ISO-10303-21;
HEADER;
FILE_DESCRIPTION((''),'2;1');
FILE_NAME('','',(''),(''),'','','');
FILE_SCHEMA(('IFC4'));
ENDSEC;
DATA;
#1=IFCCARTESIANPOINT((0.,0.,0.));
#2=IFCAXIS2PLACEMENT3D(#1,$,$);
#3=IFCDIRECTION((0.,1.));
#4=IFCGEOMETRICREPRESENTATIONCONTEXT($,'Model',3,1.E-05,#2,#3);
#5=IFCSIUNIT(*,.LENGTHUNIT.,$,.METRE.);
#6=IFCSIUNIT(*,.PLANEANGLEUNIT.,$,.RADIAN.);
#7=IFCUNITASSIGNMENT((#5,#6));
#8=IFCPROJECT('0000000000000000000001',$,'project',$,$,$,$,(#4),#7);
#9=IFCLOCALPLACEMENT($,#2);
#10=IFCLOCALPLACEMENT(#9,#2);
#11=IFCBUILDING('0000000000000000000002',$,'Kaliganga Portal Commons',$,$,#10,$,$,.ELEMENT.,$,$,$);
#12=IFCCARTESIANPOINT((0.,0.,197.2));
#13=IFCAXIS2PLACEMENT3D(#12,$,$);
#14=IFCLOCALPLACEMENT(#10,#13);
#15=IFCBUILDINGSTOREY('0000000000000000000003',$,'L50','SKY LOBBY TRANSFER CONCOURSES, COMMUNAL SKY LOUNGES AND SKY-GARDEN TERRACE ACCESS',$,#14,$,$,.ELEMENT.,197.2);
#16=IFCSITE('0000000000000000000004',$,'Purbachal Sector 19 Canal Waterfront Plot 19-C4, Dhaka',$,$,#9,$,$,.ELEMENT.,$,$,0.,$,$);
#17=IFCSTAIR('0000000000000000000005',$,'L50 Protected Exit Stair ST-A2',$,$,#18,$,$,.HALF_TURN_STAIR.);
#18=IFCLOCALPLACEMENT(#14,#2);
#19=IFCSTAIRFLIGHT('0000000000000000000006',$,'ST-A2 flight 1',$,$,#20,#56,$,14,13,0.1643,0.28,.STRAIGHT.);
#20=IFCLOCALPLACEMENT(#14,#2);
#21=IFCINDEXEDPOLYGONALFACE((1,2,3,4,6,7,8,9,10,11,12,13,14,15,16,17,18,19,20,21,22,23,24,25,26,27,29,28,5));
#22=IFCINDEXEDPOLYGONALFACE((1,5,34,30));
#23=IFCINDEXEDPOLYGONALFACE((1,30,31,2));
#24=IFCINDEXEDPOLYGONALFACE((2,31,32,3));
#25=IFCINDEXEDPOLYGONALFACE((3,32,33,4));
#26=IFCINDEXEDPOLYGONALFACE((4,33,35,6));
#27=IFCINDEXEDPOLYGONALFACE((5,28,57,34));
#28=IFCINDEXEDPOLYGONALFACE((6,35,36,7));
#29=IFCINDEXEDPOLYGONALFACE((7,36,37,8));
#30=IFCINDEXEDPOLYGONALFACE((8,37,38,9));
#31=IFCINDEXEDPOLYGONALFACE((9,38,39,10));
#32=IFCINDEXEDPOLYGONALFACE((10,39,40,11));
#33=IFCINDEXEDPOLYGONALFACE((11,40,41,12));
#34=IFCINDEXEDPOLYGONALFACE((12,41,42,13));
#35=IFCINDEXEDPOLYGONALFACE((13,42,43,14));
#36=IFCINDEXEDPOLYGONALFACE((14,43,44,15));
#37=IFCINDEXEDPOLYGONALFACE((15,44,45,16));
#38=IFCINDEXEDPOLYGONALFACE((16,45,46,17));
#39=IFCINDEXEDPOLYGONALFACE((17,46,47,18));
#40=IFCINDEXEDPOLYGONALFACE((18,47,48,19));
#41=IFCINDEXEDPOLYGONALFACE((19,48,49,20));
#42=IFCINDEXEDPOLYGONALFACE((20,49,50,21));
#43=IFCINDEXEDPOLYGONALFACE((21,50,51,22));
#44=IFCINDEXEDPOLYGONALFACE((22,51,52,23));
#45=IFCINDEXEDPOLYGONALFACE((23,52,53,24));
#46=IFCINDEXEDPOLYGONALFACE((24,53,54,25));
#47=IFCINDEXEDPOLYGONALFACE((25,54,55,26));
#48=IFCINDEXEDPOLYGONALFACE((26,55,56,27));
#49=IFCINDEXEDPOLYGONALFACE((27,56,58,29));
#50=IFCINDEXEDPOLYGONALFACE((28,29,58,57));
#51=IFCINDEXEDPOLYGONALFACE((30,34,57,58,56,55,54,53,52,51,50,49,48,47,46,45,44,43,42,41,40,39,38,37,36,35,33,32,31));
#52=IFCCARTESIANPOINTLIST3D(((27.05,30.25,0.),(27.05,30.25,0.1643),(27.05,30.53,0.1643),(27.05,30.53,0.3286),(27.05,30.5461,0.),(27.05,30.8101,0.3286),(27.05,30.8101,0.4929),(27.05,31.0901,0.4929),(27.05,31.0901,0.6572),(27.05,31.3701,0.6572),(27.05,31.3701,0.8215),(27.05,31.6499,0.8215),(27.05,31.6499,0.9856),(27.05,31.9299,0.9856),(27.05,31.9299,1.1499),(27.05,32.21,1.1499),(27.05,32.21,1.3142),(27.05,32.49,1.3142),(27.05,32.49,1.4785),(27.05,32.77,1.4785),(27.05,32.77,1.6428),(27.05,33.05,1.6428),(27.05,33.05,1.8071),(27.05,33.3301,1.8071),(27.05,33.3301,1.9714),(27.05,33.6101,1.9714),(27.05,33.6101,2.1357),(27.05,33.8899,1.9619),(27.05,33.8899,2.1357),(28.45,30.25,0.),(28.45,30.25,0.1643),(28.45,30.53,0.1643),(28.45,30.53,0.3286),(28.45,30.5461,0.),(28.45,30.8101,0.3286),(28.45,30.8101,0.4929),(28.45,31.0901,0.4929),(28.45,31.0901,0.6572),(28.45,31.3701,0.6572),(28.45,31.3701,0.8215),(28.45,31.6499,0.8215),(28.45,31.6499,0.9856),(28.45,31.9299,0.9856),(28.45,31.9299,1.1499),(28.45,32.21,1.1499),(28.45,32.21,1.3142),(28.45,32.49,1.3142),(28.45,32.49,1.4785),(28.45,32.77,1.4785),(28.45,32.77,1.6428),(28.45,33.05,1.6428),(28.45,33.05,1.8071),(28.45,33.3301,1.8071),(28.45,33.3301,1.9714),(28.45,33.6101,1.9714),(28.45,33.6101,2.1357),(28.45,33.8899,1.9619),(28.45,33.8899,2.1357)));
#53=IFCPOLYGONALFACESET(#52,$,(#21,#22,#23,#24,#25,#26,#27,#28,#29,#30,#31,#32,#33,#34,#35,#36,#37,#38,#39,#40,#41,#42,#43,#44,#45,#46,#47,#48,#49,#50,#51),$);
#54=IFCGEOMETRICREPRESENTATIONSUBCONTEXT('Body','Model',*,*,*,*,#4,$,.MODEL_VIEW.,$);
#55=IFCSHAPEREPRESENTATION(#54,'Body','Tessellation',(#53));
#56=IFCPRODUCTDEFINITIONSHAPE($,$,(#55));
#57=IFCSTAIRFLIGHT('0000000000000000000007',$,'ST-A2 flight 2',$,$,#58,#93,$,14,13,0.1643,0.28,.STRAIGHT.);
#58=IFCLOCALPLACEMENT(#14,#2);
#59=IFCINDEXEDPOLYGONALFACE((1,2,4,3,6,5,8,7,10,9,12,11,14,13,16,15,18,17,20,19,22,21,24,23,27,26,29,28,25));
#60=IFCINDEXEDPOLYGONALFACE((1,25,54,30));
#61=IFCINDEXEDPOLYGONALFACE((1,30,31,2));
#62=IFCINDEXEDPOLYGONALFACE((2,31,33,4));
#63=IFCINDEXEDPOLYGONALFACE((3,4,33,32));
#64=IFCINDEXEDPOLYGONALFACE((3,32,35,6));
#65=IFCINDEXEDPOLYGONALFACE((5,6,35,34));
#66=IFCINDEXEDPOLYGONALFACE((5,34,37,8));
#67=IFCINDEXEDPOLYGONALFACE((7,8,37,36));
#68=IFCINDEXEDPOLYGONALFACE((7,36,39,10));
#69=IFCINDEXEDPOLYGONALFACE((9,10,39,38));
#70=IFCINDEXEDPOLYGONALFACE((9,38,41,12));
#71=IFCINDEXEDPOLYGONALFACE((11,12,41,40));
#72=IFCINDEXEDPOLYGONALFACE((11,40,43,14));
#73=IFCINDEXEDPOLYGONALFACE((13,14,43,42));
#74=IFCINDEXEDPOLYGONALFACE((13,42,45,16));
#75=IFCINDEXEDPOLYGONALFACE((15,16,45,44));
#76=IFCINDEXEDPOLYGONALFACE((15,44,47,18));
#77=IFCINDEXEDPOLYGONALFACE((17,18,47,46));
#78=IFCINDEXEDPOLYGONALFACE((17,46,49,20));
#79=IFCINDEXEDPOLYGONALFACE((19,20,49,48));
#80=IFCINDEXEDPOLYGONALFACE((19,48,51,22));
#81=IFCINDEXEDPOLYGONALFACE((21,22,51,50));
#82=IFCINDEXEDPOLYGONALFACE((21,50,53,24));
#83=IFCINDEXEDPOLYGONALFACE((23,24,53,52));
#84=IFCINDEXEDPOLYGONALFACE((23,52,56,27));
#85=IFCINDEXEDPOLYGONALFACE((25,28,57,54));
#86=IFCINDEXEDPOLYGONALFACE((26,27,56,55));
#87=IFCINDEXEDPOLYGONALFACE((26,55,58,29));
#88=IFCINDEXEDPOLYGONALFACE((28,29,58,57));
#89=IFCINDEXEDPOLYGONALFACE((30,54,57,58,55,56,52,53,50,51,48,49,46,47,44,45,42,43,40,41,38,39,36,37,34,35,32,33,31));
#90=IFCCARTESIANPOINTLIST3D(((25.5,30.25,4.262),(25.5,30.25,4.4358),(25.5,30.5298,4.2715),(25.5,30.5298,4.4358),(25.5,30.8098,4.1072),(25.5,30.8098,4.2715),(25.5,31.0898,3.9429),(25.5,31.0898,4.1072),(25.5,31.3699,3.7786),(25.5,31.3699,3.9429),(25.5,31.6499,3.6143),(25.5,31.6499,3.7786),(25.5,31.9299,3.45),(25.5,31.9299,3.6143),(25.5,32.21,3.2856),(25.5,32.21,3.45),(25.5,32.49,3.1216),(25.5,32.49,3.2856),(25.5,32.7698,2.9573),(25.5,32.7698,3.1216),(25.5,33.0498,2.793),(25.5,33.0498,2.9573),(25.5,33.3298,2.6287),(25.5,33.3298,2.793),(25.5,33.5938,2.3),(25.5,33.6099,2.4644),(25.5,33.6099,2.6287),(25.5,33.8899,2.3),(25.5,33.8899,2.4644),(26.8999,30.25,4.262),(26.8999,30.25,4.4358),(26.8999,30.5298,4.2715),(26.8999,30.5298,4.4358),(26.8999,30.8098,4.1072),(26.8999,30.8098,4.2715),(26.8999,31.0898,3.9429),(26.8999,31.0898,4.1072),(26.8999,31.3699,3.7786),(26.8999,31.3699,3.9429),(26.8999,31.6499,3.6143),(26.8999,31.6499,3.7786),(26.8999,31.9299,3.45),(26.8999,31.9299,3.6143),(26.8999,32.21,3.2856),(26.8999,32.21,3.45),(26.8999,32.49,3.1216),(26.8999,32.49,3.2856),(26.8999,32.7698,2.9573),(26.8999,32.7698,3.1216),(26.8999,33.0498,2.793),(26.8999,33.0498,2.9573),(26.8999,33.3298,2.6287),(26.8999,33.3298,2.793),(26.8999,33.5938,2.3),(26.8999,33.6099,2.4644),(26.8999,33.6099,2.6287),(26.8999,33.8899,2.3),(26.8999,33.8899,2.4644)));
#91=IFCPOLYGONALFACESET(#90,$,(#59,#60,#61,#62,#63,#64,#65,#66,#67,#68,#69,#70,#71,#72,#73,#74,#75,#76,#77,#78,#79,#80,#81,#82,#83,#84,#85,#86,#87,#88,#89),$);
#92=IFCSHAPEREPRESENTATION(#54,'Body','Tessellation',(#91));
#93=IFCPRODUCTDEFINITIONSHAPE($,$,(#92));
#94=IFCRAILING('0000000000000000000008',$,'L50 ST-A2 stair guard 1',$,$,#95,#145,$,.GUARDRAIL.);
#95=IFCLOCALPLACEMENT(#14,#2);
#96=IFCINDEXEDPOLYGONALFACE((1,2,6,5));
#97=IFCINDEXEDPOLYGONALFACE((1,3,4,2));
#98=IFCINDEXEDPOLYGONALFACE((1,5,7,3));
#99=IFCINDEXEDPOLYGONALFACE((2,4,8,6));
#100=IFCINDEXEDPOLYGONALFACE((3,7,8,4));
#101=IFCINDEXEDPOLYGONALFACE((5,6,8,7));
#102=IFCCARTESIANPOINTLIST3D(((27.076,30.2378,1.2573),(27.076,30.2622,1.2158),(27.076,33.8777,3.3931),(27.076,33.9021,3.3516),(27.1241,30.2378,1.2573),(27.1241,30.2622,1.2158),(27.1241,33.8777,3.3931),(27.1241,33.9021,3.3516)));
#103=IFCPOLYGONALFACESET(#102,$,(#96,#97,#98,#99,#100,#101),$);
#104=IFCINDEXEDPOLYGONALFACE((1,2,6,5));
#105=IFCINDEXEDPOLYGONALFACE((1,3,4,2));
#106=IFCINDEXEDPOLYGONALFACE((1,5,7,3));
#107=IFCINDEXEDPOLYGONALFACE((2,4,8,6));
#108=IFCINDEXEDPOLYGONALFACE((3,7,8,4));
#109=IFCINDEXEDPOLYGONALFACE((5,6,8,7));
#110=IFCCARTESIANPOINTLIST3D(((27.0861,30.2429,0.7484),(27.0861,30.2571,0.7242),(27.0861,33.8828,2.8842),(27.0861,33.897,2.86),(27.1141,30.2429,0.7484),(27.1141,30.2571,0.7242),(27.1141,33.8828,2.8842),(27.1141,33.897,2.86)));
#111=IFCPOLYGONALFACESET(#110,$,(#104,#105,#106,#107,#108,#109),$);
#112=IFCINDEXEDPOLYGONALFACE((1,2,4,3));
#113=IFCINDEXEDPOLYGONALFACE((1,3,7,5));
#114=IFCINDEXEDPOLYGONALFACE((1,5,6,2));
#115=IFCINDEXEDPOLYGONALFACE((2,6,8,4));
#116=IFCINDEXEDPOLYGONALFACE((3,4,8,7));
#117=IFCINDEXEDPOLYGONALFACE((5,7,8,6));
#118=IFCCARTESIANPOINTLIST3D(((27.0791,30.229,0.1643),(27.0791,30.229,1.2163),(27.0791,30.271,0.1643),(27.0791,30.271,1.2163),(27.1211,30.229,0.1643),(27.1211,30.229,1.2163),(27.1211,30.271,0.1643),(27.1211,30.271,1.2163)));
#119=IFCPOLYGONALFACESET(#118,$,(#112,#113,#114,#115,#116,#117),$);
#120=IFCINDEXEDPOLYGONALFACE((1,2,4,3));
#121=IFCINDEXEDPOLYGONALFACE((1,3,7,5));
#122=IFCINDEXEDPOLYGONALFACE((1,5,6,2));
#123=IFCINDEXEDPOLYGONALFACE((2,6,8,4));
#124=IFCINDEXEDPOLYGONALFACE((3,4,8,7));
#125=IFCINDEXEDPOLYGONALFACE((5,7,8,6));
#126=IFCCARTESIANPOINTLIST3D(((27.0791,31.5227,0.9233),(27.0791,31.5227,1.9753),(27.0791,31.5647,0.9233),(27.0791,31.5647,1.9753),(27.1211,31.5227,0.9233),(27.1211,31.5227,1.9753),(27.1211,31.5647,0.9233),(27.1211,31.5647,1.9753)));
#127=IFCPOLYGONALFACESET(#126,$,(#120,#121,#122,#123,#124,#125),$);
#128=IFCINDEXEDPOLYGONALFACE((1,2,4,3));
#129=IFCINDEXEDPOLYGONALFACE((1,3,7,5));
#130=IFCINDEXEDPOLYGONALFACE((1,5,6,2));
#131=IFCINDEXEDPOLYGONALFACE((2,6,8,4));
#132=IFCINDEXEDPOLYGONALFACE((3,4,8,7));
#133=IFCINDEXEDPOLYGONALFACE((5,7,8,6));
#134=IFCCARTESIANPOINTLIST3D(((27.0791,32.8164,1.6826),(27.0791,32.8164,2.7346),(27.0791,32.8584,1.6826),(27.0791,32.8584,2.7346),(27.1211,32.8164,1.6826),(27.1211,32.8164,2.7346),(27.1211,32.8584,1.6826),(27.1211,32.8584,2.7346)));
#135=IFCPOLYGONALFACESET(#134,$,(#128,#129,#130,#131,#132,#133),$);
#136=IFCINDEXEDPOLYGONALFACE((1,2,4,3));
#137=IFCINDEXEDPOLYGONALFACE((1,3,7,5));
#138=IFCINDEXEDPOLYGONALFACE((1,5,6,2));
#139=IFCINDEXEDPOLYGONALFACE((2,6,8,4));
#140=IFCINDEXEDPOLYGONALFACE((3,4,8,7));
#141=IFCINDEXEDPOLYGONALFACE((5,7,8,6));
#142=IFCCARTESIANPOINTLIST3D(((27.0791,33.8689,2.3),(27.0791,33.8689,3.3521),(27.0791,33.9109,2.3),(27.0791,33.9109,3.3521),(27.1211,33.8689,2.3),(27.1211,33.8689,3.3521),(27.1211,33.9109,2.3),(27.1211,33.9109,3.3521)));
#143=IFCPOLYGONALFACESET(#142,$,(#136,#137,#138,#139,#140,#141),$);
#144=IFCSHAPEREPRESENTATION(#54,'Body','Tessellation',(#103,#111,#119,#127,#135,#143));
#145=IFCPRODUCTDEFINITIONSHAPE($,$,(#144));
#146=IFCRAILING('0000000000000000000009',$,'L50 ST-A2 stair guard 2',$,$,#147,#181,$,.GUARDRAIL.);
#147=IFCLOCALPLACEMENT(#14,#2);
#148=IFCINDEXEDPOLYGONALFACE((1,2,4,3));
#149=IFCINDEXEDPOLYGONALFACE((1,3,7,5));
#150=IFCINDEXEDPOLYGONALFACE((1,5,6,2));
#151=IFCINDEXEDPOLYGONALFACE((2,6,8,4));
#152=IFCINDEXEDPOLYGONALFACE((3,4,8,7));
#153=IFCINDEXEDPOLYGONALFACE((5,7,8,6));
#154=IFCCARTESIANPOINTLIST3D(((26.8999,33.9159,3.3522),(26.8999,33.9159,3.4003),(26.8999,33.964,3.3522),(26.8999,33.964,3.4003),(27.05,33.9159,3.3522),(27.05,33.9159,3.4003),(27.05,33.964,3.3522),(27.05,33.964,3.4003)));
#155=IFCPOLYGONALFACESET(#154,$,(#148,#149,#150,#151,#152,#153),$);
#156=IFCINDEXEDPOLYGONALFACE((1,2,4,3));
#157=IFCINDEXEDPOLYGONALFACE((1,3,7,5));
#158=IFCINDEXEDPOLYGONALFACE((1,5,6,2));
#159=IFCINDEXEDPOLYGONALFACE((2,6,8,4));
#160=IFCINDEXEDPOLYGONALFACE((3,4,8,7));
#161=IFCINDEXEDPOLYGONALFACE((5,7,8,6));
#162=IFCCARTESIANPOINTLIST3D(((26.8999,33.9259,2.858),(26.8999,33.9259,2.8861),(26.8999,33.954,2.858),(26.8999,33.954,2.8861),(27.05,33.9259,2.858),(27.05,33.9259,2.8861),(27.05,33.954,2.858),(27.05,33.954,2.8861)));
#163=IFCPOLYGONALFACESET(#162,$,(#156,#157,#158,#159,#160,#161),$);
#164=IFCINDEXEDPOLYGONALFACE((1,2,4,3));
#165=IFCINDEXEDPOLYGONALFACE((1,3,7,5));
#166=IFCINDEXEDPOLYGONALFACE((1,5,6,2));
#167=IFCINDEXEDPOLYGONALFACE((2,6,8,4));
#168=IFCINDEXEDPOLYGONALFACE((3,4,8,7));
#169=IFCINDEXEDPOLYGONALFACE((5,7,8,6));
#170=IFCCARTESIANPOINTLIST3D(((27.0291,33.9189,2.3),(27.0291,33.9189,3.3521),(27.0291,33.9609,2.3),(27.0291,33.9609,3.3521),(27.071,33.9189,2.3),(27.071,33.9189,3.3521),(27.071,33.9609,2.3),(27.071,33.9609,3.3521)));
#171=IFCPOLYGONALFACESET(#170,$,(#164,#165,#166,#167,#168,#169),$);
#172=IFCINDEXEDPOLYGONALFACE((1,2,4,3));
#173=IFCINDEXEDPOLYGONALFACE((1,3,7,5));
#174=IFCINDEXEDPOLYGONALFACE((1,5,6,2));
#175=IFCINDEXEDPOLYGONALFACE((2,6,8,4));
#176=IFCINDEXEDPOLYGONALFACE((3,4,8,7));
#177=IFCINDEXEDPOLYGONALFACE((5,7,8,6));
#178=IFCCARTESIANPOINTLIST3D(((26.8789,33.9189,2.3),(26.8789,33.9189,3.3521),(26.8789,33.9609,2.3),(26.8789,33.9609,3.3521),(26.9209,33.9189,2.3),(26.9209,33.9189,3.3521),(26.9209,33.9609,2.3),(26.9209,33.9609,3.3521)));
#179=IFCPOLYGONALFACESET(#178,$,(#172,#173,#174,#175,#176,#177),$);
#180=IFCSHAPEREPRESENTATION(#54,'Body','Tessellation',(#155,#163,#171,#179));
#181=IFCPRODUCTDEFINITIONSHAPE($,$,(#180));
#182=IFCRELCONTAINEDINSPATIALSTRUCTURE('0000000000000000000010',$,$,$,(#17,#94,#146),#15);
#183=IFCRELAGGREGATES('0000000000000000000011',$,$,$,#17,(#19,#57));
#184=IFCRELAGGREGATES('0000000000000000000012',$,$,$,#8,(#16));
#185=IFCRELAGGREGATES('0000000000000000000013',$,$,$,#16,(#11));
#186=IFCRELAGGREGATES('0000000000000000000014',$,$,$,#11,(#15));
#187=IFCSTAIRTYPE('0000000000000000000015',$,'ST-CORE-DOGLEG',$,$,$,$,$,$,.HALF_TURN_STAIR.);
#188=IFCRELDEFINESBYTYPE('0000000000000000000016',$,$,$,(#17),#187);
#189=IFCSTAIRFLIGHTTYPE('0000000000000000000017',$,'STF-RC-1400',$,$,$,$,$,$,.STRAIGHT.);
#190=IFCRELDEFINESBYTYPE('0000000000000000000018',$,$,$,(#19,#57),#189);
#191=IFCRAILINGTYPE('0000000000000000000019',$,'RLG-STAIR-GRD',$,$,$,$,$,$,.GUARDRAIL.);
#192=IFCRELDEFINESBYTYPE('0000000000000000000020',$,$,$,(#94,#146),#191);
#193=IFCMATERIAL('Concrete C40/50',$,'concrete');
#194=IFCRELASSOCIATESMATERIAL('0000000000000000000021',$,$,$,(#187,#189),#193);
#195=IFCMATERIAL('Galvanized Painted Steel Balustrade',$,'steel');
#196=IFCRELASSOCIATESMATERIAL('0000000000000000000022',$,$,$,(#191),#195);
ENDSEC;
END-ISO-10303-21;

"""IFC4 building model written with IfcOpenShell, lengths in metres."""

from ifc_helpers import new_model, si_unit, direction, frame, origin, origin_2d, place, context, subcontext, project, spatial, polyline, rectangle, outline, extrude, material, type_object, element, aggregate, save


model = new_model("IFC4")

# Units and contexts
model_context = context("Model", 3, precision=1e-05, world=origin(), true_north=direction((0.0, 1.0)))
body_context = subcontext(model_context, "Body", "Model", "MODEL_VIEW")
ifc_project = project(units=[si_unit("LENGTHUNIT", "METRE"), si_unit("PLANEANGLEUNIT", "RADIAN")], contexts=[model_context])

# Site, building, storey
site_placement = place(None, origin())
site = spatial("IfcSite", under=ifc_project, at=site_placement, Name="Purbachal Sector 19 Canal Waterfront Plot 19-C4, Dhaka", CompositionType="ELEMENT", RefElevation=0.0)
building_placement = place(site_placement, origin())
building = spatial("IfcBuilding", under=site, at=building_placement, Name="Kaliganga Portal Commons", CompositionType="ELEMENT")
storey_placement = place(building_placement, frame((0.0, 0.0, 197.2)))
storey = spatial("IfcBuildingStorey", under=building, at=storey_placement, Name="L50", Description="SKY LOBBY TRANSFER CONCOURSES, COMMUNAL SKY LOUNGES AND SKY-GARDEN TERRACE ACCESS", CompositionType="ELEMENT", Elevation=197.2)

# Stair, stair flights
ifc_material_1 = material(Name="Concrete C40/50", Category="concrete")
stair_type = type_object("IfcStairType", Name="ST-CORE-DOGLEG", PredefinedType="HALF_TURN_STAIR", material=ifc_material_1)
stair_placement = place(storey_placement, origin())
stair = element("IfcStair", 1, at=stair_placement, inside=storey, type_object=stair_type, Name="L50 Protected Exit Stair ST-A2", PredefinedType="HALF_TURN_STAIR")
stair_flight_type = type_object("IfcStairFlightType", Name="STF-RC-1400", PredefinedType="STRAIGHT", material=ifc_material_1)
stair_flight_1_placement = place(storey_placement, frame((27.75, 30.25, 0.0), z_axis=(0.0, 0.0, 1.0), x_axis=(0.0, 1.0, 0.0)))
stair_flight_1 = element("IfcStairFlight", 2, at=stair_flight_1_placement, type_object=stair_flight_type, Name="ST-A2 flight 1", NumberOfRisers=14, NumberOfTreads=13, PredefinedType="STRAIGHT", RiserHeight=0.1643, TreadLength=0.28, context=body_context, shape_type="SweptSolid", body=[
    extrude(outline(polyline([(0.0, 0.0), (0.0, 0.1643), (0.28, 0.1643), (0.28, 0.3286), (0.5601, 0.3286), (0.5601, 0.4929), (0.8401, 0.4929), (0.8401, 0.6572), (1.1201, 0.6572), (1.1201, 0.8215), (1.3999, 0.8215), (1.3999, 0.9856), (1.6799, 0.9856), (1.6799, 1.1499), (1.96, 1.1499), (1.96, 1.3142), (2.24, 1.3142), (2.24, 1.4785), (2.52, 1.4785), (2.52, 1.6428), (2.8, 1.6428), (2.8, 1.8071), (3.0801, 1.8071), (3.0801, 1.9714), (3.3601, 1.9714), (3.3601, 2.1357), (3.6399, 2.1357), (3.6399, 2.3), (3.6399, 1.9619), (0.2961, 0.0), (0.0, 0.0)])), frame((0.0, 0.7, 0.0), z_axis=(0.0, -1.0, 0.0), x_axis=(1.0, 0.0, 0.0)), (0.0, 0.0, 1.0), 1.3999),
])
stair_flight_2_placement = place(storey_placement, frame((26.2, 33.8899, 2.3), z_axis=(0.0, 0.0, 1.0), x_axis=(0.0, -1.0, 0.0)))
stair_flight_2 = element("IfcStairFlight", 3, at=stair_flight_2_placement, type_object=stair_flight_type, Name="ST-A2 flight 2", NumberOfRisers=14, NumberOfTreads=13, PredefinedType="STRAIGHT", RiserHeight=0.1643, TreadLength=0.28, context=body_context, shape_type="SweptSolid", body=[
    extrude(outline(polyline([(0.0, 0.0), (0.0, 0.1643), (0.28, 0.1643), (0.28, 0.3286), (0.5601, 0.3286), (0.5601, 0.4929), (0.8401, 0.4929), (0.8401, 0.6572), (1.1201, 0.6572), (1.1201, 0.8215), (1.3999, 0.8215), (1.3999, 0.9856), (1.6799, 0.9856), (1.6799, 1.1499), (1.96, 1.1499), (1.96, 1.3142), (2.24, 1.3142), (2.24, 1.4785), (2.52, 1.4785), (2.52, 1.6428), (2.8, 1.6428), (2.8, 1.8071), (3.0801, 1.8071), (3.0801, 1.9714), (3.3601, 1.9714), (3.3601, 2.1357), (3.6399, 2.1357), (3.6399, 2.3), (3.6399, 1.9619), (0.2961, 0.0), (0.0, 0.0)])), frame((0.0, 0.7, 0.0), z_axis=(0.0, -1.0, 0.0), x_axis=(1.0, 0.0, 0.0)), (0.0, 0.0, 1.0), 1.3999),
])
aggregate(stair, [stair_flight_1, stair_flight_2])

# Railings
ifc_material_2 = material(Name="Galvanized Painted Steel Balustrade", Category="steel")
railing_type_1 = type_object("IfcRailingType", Name="RLG-STAIR-GRD", PredefinedType="GUARDRAIL", material=ifc_material_2)
railing_1_placement = place(storey_placement, frame((27.1001, 30.25, 0.1643)))
element("IfcRailing", 4, at=railing_1_placement, inside=storey, type_object=railing_type_1, Name="L50 ST-A2 stair guard 1", PredefinedType="GUARDRAIL", context=body_context, shape_type="SweptSolid", body=[
    extrude(rectangle(XDim=0.0481, YDim=0.0481, at=origin_2d()), frame((0.0, 0.0, 1.0723), z_axis=(0.0, 0.86249, 0.506074), x_axis=(-1.0, 0.0, 0.0)), (0.0, 0.0, 1.0), 4.2202),
    extrude(rectangle(XDim=0.0281, YDim=0.0281, at=origin_2d()), frame((0.0, 0.0, 0.572), z_axis=(0.0, 0.86249, 0.506074), x_axis=(-1.0, 0.0, 0.0)), (0.0, 0.0, 1.0), 4.2202),
    extrude(rectangle(XDim=0.042, YDim=0.042, at=origin_2d()), origin(), (0.0, 0.0, 1.0), 1.052),
    extrude(rectangle(XDim=0.042, YDim=0.042, at=origin_2d()), frame((0.0, 1.2937, 0.759)), (0.0, 0.0, 1.0), 1.052),
    extrude(rectangle(XDim=0.042, YDim=0.042, at=origin_2d()), frame((0.0, 2.5874, 1.5183)), (0.0, 0.0, 1.0), 1.052),
    extrude(rectangle(XDim=0.042, YDim=0.042, at=origin_2d()), frame((0.0, 3.6399, 2.1357)), (0.0, 0.0, 1.0), 1.052),
])
railing_2_placement = place(storey_placement, frame((27.05, 33.9399, 2.3)))
element("IfcRailing", 5, at=railing_2_placement, inside=storey, type_object=railing_type_1, Name="L50 ST-A2 stair guard 2", PredefinedType="GUARDRAIL", context=body_context, shape_type="SweptSolid", body=[
    extrude(rectangle(XDim=0.0481, YDim=0.0481, at=origin_2d()), frame((0.0, 0.0, 1.0762), z_axis=(-1.0, 0.0, 0.0), x_axis=(0.0, -1.0, 0.0)), (0.0, 0.0, 1.0), 0.1501),
    extrude(rectangle(XDim=0.0281, YDim=0.0281, at=origin_2d()), frame((0.0, 0.0, 0.572), z_axis=(-1.0, 0.0, 0.0), x_axis=(0.0, -1.0, 0.0)), (0.0, 0.0, 1.0), 0.1501),
    extrude(rectangle(XDim=0.042, YDim=0.042, at=origin_2d()), origin(), (0.0, 0.0, 1.0), 1.052),
    extrude(rectangle(XDim=0.042, YDim=0.042, at=origin_2d()), frame((-0.1501, 0.0, 0.0)), (0.0, 0.0, 1.0), 1.052),
])

save(model, "model.ifc")
